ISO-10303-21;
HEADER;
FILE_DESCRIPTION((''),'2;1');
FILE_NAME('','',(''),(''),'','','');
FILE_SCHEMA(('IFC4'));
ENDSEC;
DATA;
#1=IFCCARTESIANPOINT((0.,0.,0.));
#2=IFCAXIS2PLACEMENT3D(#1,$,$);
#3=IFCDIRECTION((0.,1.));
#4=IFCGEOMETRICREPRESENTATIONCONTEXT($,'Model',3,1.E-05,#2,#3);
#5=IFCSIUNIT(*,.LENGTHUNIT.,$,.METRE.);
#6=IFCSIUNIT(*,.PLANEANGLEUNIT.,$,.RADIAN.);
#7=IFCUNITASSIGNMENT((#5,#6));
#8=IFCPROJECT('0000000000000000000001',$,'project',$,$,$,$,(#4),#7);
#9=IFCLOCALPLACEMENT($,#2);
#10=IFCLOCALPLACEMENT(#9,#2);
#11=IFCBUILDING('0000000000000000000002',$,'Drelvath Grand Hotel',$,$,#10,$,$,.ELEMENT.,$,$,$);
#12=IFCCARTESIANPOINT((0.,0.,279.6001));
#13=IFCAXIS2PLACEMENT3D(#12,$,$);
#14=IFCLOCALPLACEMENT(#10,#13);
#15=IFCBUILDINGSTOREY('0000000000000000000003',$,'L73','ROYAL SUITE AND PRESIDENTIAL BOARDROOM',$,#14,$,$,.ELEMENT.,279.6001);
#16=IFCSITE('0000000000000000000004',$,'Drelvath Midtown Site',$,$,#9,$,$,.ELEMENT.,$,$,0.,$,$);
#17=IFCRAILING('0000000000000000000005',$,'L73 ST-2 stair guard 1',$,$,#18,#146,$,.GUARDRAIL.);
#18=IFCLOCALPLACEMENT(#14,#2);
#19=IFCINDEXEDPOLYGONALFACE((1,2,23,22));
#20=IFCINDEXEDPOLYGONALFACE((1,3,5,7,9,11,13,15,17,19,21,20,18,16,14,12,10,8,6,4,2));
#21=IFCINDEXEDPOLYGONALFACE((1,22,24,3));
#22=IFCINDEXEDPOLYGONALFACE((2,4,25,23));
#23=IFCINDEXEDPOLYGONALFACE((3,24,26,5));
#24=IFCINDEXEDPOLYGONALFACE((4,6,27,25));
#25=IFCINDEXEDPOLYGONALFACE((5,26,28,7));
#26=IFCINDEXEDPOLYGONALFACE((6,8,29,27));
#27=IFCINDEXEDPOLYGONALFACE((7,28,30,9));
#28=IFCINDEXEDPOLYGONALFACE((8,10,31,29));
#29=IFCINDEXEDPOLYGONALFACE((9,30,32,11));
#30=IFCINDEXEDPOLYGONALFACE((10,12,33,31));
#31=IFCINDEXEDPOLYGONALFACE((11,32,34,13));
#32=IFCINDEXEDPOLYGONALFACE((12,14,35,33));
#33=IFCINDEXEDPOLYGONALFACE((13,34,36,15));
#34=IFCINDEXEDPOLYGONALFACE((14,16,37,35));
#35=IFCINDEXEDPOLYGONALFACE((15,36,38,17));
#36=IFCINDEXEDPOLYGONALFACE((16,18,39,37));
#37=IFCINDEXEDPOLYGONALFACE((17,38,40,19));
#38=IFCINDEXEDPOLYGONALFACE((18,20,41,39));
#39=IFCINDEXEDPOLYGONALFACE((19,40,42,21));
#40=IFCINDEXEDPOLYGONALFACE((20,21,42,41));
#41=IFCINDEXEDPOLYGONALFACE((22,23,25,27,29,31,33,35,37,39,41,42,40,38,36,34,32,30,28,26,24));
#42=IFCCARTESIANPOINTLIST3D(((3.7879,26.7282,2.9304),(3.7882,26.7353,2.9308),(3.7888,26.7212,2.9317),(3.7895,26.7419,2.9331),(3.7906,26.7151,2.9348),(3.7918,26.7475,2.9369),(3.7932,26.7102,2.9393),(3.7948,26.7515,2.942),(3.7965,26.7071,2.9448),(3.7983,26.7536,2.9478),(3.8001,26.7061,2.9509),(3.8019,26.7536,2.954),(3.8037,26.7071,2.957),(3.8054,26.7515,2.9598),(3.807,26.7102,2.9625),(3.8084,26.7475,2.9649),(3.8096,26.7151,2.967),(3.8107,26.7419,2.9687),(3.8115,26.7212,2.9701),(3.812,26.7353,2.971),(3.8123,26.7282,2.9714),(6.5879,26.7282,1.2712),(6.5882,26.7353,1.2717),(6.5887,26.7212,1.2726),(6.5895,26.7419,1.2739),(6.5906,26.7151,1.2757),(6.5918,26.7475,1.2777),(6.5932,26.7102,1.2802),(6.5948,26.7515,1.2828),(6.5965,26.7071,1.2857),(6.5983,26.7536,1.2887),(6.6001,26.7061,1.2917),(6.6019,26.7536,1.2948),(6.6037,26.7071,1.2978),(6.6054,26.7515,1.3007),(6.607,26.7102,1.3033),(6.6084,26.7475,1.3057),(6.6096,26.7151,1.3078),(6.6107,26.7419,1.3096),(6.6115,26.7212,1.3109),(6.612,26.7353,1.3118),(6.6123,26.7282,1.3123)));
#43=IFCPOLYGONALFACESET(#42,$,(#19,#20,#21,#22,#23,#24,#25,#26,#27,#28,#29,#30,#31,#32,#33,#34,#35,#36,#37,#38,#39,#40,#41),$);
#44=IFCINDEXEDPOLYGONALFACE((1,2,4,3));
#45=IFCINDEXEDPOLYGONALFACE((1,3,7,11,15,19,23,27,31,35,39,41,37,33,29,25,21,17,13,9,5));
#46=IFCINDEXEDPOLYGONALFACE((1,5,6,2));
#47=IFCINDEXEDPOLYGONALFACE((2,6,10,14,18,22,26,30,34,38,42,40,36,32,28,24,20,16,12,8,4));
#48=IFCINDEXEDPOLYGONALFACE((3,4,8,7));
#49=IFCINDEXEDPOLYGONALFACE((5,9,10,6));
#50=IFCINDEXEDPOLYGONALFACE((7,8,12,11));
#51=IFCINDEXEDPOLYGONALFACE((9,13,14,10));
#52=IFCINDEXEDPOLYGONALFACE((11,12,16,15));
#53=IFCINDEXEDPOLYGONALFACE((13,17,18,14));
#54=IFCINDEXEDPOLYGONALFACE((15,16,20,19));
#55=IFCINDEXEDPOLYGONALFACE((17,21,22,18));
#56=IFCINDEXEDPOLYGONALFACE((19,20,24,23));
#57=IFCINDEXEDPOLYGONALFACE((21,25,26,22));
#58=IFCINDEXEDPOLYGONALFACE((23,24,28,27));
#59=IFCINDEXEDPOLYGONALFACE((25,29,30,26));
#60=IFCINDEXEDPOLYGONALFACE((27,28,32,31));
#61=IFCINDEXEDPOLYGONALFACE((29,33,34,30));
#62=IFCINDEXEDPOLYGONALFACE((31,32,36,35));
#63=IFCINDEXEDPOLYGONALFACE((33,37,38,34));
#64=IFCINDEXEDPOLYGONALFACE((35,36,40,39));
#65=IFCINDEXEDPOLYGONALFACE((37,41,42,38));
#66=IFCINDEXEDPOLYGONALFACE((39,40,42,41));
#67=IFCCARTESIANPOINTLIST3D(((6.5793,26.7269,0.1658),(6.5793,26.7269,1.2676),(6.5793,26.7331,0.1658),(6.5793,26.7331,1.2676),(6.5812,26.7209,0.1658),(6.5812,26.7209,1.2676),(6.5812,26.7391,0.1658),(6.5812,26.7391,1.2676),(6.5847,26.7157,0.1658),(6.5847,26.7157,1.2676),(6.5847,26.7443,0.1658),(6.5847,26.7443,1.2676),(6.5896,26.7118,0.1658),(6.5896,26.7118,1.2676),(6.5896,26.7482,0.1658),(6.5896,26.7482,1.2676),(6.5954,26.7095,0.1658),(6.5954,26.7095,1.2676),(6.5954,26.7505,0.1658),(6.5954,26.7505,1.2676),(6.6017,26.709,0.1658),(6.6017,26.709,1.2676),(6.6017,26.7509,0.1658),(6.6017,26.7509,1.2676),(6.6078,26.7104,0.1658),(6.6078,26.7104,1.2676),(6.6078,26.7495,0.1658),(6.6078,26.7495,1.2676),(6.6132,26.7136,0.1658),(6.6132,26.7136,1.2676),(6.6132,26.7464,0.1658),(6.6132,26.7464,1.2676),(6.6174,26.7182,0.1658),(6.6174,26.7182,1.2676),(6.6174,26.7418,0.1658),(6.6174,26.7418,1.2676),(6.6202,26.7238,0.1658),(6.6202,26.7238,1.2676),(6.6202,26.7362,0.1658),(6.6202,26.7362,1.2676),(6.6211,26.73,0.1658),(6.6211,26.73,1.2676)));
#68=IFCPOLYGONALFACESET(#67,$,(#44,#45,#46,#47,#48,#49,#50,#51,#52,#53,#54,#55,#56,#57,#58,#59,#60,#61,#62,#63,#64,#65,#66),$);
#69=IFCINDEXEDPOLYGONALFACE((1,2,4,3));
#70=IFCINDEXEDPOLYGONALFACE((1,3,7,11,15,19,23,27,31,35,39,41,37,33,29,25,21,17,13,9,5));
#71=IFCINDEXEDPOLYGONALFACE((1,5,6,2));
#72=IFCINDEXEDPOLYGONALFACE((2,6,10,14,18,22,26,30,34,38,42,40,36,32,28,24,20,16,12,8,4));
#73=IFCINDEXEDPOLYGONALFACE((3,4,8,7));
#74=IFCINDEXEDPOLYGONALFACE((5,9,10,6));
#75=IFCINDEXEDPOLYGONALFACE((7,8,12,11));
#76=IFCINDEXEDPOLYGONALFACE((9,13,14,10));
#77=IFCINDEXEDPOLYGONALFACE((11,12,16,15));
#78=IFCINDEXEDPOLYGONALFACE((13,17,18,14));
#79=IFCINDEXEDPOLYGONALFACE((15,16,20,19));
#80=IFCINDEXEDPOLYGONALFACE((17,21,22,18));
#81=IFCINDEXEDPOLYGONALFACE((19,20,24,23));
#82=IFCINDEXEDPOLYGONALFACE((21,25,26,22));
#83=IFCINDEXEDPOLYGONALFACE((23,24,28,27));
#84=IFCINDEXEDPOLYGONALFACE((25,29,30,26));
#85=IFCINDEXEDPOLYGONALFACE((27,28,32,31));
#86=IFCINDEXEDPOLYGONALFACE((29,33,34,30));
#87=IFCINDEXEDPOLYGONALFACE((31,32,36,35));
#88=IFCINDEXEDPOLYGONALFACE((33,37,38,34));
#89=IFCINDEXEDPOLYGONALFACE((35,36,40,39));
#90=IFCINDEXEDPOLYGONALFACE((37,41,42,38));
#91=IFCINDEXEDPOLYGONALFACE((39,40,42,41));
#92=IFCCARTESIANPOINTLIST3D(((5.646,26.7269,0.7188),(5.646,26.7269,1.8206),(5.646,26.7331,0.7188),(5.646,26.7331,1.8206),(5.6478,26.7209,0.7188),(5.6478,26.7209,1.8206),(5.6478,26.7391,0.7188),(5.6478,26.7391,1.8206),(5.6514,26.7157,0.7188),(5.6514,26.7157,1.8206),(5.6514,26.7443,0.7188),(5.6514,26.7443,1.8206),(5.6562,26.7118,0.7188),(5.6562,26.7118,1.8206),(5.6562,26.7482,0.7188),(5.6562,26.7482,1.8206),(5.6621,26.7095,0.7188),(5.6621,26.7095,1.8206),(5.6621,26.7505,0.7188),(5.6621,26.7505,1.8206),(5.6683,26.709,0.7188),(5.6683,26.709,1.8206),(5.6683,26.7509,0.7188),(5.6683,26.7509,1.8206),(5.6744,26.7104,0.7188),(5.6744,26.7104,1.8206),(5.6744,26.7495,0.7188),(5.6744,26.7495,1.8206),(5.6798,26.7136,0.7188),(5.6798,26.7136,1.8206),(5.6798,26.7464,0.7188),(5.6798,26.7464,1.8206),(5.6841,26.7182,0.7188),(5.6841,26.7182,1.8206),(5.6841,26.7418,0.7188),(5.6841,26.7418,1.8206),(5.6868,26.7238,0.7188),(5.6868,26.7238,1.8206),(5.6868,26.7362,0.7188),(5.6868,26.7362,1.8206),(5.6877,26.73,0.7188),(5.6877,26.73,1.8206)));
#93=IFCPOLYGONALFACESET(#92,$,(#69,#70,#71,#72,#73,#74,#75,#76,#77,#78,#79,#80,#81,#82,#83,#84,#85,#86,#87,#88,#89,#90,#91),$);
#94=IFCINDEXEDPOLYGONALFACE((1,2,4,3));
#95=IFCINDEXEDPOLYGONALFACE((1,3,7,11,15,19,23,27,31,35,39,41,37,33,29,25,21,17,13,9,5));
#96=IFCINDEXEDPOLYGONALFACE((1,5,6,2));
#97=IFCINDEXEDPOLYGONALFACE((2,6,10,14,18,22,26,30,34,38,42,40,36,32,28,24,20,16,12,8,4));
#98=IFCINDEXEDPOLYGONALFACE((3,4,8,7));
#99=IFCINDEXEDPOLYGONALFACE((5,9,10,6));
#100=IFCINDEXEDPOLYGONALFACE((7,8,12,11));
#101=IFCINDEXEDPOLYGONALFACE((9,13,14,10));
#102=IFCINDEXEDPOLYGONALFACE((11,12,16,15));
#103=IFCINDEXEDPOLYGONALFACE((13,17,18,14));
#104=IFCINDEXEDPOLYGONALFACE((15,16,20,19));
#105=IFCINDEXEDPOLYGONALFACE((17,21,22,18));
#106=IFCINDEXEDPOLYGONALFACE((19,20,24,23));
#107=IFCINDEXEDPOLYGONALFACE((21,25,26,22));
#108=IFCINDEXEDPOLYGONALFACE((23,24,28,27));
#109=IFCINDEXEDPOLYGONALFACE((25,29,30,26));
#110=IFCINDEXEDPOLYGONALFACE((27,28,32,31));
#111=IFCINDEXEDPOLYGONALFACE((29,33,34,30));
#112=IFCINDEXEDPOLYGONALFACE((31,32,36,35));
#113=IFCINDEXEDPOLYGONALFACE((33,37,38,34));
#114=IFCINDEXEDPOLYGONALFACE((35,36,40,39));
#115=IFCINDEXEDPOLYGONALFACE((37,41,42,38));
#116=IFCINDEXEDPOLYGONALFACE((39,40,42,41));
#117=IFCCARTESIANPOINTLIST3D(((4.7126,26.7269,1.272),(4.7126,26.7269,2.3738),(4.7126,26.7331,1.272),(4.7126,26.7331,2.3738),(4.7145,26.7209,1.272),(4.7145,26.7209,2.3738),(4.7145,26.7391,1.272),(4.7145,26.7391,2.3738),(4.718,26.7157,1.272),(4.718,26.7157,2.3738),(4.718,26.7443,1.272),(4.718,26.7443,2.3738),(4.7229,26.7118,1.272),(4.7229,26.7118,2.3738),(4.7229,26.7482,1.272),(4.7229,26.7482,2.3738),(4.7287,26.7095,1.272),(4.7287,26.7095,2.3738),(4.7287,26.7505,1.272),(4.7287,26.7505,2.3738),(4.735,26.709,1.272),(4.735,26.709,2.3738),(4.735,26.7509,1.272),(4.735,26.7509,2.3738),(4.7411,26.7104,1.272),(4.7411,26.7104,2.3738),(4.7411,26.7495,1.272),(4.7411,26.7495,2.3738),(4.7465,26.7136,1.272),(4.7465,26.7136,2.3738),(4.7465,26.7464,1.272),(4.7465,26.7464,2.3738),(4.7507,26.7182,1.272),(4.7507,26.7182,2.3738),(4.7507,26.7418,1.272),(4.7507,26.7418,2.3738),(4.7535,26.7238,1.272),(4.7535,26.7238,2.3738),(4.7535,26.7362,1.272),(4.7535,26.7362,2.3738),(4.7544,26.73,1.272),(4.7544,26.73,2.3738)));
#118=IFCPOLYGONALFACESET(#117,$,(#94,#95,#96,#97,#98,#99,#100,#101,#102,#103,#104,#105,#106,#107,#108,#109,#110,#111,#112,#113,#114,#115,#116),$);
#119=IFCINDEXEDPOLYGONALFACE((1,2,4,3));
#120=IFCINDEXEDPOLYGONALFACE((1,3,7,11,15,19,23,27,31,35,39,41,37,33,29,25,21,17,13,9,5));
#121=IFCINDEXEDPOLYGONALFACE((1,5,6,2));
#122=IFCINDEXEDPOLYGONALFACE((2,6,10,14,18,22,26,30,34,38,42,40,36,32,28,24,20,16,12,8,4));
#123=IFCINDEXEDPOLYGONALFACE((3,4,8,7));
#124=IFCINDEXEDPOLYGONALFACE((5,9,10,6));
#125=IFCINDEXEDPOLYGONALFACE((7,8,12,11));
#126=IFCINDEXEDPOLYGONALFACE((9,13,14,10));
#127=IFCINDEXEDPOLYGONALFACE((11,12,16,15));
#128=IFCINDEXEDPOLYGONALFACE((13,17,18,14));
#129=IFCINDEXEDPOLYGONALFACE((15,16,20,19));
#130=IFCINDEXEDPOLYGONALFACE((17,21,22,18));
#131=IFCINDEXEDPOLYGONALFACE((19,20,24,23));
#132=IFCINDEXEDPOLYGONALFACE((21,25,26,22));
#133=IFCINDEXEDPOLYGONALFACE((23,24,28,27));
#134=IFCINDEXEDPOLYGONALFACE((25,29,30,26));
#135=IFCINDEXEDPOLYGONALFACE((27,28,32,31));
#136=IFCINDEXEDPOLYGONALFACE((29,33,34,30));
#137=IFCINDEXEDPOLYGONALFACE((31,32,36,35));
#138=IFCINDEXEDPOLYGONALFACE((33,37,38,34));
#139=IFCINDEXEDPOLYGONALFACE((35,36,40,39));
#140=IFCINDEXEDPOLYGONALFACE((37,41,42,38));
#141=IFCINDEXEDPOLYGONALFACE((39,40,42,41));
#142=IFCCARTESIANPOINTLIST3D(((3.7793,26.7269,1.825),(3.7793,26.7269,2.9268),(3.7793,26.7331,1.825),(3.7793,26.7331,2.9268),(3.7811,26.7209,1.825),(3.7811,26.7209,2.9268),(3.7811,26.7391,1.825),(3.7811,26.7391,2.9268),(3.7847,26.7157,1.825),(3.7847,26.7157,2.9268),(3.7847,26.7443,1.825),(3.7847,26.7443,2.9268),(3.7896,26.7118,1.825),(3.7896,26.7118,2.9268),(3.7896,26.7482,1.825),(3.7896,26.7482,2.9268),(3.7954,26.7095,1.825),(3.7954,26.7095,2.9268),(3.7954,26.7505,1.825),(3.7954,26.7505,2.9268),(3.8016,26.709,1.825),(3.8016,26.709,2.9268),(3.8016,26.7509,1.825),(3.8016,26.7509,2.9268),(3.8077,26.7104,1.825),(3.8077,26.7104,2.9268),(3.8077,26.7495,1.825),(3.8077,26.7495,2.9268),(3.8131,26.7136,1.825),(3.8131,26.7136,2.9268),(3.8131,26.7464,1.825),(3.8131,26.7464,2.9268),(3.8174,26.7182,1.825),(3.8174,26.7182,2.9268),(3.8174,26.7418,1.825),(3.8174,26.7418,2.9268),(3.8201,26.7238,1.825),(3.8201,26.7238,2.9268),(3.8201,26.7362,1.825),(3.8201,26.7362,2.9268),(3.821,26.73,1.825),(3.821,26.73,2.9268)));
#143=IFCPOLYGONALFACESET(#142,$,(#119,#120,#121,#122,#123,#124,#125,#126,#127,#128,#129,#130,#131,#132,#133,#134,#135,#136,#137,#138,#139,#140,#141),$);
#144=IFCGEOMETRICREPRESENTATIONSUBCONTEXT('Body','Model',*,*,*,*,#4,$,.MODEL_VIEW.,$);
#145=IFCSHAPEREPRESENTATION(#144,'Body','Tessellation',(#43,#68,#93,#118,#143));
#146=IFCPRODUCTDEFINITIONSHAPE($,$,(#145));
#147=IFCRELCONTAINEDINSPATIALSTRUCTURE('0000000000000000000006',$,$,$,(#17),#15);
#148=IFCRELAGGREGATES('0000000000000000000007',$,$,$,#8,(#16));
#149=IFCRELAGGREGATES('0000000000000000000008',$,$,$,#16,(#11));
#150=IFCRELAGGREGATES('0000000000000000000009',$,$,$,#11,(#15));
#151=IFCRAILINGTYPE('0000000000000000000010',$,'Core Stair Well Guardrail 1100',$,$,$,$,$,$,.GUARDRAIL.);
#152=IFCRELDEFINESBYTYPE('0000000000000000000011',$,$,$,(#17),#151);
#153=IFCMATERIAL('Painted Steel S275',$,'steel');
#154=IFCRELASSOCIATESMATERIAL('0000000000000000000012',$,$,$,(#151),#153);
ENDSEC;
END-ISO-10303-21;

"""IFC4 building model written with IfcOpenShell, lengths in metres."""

from ifc_helpers import new_model, si_unit, direction, frame, origin, origin_2d, place, context, subcontext, project, spatial, circle, extrude, material, type_object, element, save


model = new_model("IFC4")

# Units and contexts
model_context = context("Model", 3, precision=1e-05, world=origin(), true_north=direction((0.0, 1.0)))
body_context = subcontext(model_context, "Body", "Model", "MODEL_VIEW")
ifc_project = project(units=[si_unit("LENGTHUNIT", "METRE"), si_unit("PLANEANGLEUNIT", "RADIAN")], contexts=[model_context])

# Site, building, storey
site_placement = place(None, origin())
site = spatial("IfcSite", under=ifc_project, at=site_placement, Name="Drelvath Midtown Site", CompositionType="ELEMENT", RefElevation=0.0)
building_placement = place(site_placement, origin())
building = spatial("IfcBuilding", under=site, at=building_placement, Name="Drelvath Grand Hotel", CompositionType="ELEMENT")
storey_placement = place(building_placement, frame((0.0, 0.0, 279.6001)))
storey = spatial("IfcBuildingStorey", under=building, at=storey_placement, Name="L73", Description="ROYAL SUITE AND PRESIDENTIAL BOARDROOM", CompositionType="ELEMENT", Elevation=279.6001)

# Railing
ifc_material_1 = material(Name="Painted Steel S275", Category="steel")
railing_type_1 = type_object("IfcRailingType", Name="Core Stair Well Guardrail 1100", PredefinedType="GUARDRAIL", material=ifc_material_1)
railing_1_placement = place(storey_placement, frame((6.6001, 26.73, 0.1658)))
element("IfcRailing", 1, at=railing_1_placement, inside=storey, type_object=railing_type_1, Name="L73 ST-2 stair guard 1", PredefinedType="GUARDRAIL", context=body_context, shape_type="SweptSolid", body=[
    extrude(circle(Radius=0.0239, at=origin_2d()), frame((0.0, 0.0, 1.126), z_axis=(-0.860306, 0.0, 0.509778), x_axis=(0.0, -1.0, 0.0)), (0.0, 0.0, 1.0), 3.2546),
    extrude(circle(Radius=0.021, at=origin_2d()), origin(), (0.0, 0.0, 1.0), 1.1018),
    extrude(circle(Radius=0.021, at=origin_2d()), frame((-0.9333, 0.0, 0.553)), (0.0, 0.0, 1.0), 1.1018),
    extrude(circle(Radius=0.021, at=origin_2d()), frame((-1.8667, 0.0, 1.1062)), (0.0, 0.0, 1.0), 1.1018),
    extrude(circle(Radius=0.021, at=origin_2d()), frame((-2.8, 0.0, 1.6592)), (0.0, 0.0, 1.0), 1.1018),
])

save(model, "model.ifc")
